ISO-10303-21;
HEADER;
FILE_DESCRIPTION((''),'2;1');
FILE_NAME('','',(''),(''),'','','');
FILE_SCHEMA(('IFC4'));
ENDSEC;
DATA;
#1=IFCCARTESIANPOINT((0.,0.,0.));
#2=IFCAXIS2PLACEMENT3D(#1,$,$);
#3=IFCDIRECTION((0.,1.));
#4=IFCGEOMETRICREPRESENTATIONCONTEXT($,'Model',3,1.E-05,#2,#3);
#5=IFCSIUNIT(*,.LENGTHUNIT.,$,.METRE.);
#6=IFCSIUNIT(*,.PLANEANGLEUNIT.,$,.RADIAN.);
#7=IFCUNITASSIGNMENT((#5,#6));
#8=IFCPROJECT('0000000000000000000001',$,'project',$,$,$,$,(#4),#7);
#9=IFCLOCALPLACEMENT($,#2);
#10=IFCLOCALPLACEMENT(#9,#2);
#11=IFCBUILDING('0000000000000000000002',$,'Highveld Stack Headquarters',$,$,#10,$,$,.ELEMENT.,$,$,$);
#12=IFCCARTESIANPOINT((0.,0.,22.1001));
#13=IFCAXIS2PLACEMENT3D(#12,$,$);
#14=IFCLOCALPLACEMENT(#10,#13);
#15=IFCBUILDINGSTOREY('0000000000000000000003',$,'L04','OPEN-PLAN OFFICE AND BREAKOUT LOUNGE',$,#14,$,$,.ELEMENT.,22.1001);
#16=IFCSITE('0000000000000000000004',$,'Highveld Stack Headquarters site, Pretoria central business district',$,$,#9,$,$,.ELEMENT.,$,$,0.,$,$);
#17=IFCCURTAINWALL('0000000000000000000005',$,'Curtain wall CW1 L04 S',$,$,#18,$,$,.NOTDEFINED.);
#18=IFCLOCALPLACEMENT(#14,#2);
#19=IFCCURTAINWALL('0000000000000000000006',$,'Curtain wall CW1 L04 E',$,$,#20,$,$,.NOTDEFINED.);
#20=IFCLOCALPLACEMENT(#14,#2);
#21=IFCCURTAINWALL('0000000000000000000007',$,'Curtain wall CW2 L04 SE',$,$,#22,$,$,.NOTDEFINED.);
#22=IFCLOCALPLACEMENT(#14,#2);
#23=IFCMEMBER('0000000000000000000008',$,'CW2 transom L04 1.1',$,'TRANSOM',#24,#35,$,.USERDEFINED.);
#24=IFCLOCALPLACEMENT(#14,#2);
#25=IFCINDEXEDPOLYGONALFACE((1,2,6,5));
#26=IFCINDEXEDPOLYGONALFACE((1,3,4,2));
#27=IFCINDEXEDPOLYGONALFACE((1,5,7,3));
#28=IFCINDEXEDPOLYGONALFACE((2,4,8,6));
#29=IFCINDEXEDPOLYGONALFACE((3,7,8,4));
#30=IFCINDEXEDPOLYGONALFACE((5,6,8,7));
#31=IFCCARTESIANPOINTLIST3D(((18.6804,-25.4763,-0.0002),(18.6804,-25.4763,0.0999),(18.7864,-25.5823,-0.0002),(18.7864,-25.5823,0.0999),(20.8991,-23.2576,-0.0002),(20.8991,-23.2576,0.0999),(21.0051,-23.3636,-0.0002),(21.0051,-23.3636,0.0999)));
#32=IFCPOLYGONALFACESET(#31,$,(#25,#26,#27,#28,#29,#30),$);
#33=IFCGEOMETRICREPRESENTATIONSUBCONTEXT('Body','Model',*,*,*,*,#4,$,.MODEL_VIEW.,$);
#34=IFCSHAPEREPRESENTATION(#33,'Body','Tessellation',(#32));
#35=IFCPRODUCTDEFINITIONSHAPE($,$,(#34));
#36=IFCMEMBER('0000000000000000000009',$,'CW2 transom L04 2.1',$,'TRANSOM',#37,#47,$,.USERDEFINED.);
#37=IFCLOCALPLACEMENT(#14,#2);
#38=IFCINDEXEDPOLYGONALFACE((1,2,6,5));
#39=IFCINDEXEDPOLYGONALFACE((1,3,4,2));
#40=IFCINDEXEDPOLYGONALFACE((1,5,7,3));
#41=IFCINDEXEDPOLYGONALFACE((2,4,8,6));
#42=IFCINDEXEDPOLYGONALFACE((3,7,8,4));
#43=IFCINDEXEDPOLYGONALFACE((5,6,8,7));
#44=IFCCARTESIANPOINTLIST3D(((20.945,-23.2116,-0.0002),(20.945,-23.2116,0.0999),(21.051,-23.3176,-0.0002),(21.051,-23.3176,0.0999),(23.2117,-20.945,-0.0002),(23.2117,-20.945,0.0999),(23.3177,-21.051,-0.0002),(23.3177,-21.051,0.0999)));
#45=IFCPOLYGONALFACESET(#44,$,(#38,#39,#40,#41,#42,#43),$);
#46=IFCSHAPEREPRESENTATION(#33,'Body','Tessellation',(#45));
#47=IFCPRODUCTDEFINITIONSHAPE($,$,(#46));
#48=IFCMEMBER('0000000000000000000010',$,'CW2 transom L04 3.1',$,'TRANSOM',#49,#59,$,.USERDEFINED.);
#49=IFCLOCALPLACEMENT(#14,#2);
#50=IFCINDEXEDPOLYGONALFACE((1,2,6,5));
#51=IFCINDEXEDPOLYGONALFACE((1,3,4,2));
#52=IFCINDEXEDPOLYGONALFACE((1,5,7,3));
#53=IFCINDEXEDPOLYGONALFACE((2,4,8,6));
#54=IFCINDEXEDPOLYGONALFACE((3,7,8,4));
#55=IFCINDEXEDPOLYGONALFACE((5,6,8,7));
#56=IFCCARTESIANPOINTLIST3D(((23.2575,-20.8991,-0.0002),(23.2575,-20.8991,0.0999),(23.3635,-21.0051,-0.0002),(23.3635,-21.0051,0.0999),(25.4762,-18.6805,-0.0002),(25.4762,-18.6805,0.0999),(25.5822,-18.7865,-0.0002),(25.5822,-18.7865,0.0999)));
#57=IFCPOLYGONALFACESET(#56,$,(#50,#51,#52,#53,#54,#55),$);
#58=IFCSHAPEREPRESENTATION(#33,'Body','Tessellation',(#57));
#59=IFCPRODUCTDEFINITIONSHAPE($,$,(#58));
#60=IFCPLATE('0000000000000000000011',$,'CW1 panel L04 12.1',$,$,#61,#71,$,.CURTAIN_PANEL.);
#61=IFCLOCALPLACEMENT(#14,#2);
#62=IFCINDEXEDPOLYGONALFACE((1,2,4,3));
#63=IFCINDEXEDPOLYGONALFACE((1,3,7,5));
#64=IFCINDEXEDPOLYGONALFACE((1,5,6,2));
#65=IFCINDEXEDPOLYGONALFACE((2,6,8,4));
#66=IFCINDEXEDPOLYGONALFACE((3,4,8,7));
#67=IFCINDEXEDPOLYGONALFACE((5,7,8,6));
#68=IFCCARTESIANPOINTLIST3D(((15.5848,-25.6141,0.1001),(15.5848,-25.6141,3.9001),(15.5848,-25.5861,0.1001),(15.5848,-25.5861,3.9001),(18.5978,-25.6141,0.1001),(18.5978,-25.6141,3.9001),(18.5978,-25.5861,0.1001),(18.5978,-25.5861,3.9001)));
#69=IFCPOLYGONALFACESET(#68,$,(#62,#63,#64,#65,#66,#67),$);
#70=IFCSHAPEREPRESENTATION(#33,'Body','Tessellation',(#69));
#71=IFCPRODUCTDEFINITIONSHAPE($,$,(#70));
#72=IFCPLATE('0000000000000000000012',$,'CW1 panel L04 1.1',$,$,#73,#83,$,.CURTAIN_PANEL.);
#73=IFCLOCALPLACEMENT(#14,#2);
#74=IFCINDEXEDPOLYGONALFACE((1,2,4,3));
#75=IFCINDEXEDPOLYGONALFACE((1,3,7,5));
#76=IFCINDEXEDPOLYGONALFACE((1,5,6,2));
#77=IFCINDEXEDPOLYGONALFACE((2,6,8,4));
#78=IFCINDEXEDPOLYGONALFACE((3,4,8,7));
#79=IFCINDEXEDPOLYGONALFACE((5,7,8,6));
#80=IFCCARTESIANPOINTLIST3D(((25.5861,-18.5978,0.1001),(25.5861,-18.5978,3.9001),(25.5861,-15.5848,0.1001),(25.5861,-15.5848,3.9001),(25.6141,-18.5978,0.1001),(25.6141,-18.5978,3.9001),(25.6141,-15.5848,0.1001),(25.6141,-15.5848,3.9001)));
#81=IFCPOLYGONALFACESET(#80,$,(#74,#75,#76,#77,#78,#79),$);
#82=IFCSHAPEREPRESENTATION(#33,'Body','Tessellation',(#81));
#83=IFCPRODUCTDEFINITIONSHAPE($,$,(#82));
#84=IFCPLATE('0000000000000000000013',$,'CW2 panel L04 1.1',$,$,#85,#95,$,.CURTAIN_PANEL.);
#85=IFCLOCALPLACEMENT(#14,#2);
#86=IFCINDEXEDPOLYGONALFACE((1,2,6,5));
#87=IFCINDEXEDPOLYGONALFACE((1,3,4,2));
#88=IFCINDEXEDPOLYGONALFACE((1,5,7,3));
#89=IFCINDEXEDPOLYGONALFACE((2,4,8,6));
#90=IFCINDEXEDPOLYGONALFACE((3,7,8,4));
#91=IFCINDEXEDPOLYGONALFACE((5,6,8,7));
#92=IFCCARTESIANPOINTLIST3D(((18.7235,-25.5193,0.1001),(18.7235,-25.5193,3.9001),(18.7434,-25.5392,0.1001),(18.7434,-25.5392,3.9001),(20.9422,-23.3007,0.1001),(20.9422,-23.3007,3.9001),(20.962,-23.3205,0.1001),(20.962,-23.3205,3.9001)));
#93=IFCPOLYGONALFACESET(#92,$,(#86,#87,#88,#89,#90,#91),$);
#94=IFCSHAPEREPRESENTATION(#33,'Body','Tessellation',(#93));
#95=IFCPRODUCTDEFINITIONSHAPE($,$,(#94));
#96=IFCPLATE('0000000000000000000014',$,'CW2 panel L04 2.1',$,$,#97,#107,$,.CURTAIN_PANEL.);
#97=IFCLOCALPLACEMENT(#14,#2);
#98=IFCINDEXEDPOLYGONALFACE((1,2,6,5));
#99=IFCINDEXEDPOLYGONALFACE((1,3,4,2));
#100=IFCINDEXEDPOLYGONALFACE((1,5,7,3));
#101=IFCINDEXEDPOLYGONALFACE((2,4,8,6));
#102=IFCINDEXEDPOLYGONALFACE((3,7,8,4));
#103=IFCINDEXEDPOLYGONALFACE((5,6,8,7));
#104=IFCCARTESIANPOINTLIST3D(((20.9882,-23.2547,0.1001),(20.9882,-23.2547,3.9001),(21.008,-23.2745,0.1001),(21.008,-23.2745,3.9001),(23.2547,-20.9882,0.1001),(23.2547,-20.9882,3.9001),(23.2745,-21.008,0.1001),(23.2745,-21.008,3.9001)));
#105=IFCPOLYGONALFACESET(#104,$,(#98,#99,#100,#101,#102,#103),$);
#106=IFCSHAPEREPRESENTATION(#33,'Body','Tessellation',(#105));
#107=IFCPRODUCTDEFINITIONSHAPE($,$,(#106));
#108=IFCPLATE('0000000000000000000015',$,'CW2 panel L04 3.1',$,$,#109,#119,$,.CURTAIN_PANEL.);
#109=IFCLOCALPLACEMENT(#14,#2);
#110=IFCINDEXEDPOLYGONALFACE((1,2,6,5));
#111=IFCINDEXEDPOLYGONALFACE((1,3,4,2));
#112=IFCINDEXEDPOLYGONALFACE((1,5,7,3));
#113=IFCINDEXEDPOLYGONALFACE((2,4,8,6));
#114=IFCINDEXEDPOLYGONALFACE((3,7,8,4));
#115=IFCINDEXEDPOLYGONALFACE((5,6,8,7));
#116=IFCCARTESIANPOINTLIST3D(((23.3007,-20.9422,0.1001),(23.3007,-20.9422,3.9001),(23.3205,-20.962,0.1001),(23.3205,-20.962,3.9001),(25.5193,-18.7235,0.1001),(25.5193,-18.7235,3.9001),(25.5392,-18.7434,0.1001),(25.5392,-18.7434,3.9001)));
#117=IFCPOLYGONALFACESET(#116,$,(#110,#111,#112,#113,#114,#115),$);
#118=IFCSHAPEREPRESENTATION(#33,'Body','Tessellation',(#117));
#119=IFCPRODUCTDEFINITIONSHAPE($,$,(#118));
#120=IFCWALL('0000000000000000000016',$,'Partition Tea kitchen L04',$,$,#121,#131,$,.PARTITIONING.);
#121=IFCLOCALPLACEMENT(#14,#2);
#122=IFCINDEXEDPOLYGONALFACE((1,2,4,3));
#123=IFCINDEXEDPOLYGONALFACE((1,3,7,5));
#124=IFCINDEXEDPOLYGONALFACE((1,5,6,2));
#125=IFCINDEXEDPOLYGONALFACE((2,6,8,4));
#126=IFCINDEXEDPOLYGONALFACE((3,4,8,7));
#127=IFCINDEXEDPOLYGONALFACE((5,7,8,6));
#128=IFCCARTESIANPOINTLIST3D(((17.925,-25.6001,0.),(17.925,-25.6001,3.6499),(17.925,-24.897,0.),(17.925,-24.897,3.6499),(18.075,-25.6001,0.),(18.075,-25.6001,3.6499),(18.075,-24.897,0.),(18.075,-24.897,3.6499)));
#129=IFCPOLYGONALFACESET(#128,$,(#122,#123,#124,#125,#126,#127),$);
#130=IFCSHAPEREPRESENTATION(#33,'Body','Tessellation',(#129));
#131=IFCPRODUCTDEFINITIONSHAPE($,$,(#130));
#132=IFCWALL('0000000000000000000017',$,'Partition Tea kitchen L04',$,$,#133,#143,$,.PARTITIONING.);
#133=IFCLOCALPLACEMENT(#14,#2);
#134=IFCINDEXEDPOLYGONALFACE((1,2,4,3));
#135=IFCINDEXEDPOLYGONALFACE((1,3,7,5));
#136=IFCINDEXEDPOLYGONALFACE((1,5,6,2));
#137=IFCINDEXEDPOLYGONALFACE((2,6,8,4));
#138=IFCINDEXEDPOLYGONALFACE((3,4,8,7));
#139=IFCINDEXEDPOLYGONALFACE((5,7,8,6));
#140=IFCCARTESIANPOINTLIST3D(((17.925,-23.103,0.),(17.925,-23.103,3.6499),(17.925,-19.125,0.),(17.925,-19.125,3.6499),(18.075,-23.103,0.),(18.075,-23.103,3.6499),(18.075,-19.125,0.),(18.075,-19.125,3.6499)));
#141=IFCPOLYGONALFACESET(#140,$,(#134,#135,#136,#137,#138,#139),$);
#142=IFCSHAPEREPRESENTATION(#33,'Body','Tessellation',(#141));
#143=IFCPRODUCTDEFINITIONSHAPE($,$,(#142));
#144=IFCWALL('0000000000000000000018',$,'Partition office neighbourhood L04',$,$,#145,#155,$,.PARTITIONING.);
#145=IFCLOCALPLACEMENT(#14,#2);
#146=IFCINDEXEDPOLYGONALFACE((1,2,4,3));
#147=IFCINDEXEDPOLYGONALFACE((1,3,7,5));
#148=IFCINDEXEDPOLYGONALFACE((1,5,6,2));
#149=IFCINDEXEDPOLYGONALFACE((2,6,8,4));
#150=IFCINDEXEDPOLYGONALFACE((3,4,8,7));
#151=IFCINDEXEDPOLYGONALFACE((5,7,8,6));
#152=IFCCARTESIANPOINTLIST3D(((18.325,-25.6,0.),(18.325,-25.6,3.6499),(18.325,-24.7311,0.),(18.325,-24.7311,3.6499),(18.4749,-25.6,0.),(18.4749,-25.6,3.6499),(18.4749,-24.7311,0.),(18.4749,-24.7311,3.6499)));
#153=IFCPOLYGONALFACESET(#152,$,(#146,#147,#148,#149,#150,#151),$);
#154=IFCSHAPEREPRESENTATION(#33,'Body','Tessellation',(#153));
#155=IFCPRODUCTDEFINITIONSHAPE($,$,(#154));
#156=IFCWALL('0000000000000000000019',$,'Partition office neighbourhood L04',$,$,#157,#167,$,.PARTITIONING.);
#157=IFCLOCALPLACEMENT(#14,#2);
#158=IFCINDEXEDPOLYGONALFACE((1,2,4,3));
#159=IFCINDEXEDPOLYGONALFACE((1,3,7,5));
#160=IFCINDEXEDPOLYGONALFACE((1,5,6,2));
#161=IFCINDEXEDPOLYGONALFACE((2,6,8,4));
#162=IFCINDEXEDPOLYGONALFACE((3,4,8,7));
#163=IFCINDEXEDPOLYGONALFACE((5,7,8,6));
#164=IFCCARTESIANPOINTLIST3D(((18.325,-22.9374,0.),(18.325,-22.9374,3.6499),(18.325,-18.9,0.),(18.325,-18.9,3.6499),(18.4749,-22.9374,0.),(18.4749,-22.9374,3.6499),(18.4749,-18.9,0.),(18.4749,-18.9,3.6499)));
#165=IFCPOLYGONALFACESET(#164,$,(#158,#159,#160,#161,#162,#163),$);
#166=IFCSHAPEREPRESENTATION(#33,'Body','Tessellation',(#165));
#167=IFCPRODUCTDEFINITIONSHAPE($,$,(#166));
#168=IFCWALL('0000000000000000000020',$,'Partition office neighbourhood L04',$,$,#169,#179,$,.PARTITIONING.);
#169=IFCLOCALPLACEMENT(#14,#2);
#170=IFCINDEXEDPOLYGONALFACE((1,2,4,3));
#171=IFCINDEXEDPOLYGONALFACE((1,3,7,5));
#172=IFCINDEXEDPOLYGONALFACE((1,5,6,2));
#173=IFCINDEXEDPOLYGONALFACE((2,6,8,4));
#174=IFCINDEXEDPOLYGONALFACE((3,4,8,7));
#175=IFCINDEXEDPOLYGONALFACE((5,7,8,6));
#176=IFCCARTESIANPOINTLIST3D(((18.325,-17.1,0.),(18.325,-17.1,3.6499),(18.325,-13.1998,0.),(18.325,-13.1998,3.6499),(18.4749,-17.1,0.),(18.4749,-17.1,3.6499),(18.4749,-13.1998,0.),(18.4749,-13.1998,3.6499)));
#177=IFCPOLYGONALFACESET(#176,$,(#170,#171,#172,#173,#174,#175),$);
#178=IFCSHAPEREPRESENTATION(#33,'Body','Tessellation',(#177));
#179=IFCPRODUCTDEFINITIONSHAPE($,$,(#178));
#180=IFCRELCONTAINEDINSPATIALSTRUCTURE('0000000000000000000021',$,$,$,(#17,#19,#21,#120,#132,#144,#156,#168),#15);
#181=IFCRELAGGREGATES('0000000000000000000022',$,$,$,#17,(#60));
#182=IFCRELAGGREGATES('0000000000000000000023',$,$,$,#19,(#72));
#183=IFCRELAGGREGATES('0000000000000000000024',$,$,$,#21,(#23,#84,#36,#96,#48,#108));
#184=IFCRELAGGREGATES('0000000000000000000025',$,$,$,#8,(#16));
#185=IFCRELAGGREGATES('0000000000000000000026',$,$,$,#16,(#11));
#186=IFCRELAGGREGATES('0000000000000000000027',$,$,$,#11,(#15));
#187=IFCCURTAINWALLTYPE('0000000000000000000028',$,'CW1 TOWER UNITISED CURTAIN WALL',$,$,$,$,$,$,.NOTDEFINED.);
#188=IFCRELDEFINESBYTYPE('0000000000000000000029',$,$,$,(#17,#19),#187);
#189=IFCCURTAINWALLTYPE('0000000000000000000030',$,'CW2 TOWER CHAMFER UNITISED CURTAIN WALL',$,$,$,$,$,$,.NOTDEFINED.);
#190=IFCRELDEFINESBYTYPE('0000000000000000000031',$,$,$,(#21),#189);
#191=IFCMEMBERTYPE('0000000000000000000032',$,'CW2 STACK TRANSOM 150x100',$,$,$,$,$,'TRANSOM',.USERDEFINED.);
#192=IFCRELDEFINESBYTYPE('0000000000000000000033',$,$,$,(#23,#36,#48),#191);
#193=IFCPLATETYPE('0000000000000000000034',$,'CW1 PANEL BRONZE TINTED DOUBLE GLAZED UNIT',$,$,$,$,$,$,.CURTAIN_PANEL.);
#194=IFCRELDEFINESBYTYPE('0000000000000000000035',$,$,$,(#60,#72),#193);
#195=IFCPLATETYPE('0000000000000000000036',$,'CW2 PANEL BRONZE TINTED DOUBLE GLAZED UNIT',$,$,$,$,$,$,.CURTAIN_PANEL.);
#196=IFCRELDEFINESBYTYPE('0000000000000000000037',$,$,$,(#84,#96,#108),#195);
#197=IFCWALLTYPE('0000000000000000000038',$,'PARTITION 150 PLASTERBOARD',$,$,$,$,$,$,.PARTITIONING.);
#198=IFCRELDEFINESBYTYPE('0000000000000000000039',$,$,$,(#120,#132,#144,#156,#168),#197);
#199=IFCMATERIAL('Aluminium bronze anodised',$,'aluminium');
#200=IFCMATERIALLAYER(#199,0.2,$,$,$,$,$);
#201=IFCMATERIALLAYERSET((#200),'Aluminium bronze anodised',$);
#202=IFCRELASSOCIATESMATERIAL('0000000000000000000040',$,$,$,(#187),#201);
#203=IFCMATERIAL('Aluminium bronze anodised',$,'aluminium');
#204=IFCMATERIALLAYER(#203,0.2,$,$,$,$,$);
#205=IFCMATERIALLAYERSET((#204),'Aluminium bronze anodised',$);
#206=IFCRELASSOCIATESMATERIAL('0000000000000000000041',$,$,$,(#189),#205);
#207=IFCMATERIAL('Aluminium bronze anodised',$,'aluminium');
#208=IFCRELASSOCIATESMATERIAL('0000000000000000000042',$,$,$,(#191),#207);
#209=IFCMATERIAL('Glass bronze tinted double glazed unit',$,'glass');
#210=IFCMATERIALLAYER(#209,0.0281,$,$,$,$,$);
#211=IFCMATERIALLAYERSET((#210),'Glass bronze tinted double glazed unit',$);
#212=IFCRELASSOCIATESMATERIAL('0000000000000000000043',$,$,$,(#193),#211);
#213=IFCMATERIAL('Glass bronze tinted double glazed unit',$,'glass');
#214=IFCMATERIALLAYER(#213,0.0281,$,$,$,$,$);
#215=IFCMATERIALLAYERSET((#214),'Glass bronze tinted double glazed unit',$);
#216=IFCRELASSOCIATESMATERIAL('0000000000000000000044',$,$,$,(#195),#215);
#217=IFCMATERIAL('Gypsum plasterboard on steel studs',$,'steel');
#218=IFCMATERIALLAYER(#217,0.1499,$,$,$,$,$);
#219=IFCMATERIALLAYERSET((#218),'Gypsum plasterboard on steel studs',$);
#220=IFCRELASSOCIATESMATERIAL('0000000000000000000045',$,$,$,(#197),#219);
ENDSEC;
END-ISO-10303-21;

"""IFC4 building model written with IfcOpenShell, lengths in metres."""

from ifc_helpers import new_model, si_unit, direction, frame, frame_2d, origin, origin_2d, place, context, subcontext, project, spatial, rectangle, extrude, material, layer, layer_set, material_profile, profile_set, type_object, element, aggregate, save


model = new_model("IFC4")

# Units and contexts
model_context = context("Model", 3, precision=1e-05, world=origin(), true_north=direction((0.0, 1.0)))
body_context = subcontext(model_context, "Body", "Model", "MODEL_VIEW")
ifc_project = project(units=[si_unit("LENGTHUNIT", "METRE"), si_unit("PLANEANGLEUNIT", "RADIAN")], contexts=[model_context])

# Site, building, storey
site_placement = place(None, origin())
site = spatial("IfcSite", under=ifc_project, at=site_placement, Name="Highveld Stack Headquarters site, Pretoria central business district", CompositionType="ELEMENT", RefElevation=0.0)
building_placement = place(site_placement, origin())
building = spatial("IfcBuilding", under=site, at=building_placement, Name="Highveld Stack Headquarters", CompositionType="ELEMENT")
storey_placement = place(building_placement, frame((0.0, 0.0, 22.1001)))
storey = spatial("IfcBuildingStorey", under=building, at=storey_placement, Name="L04", Description="OPEN-PLAN OFFICE AND BREAKOUT LOUNGE", CompositionType="ELEMENT", Elevation=22.1001)

# Curtain walls
ifc_material_1 = material(Name="Aluminium bronze anodised", Category="aluminium")
ifc_layer_1 = layer(ifc_material_1, 0.2)
ifc_layer_set_1 = layer_set([ifc_layer_1], Name="Aluminium bronze anodised")
curtain_wall_type_1 = type_object("IfcCurtainWallType", Name="CW1 TOWER UNITISED CURTAIN WALL", PredefinedType="NOTDEFINED", material=ifc_layer_set_1)
curtain_wall_1_placement = place(storey_placement, origin())
curtain_wall_1 = element("IfcCurtainWall", 1, at=curtain_wall_1_placement, inside=storey, type_object=curtain_wall_type_1, Name="Curtain wall CW1 L04 S", PredefinedType="NOTDEFINED")
curtain_wall_2_placement = place(storey_placement, origin())
curtain_wall_2 = element("IfcCurtainWall", 2, at=curtain_wall_2_placement, inside=storey, type_object=curtain_wall_type_1, Name="Curtain wall CW1 L04 E", PredefinedType="NOTDEFINED")

# Curtain wall, members
ifc_material_2 = material(Name="Aluminium bronze anodised", Category="aluminium")
ifc_layer_2 = layer(ifc_material_2, 0.2)
ifc_layer_set_2 = layer_set([ifc_layer_2], Name="Aluminium bronze anodised")
curtain_wall_type_2 = type_object("IfcCurtainWallType", Name="CW2 TOWER CHAMFER UNITISED CURTAIN WALL", PredefinedType="NOTDEFINED", material=ifc_layer_set_2)
curtain_wall_3_placement = place(storey_placement, origin())
curtain_wall_3 = element("IfcCurtainWall", 3, at=curtain_wall_3_placement, inside=storey, type_object=curtain_wall_type_2, Name="Curtain wall CW2 L04 SE", PredefinedType="NOTDEFINED")
ifc_material_3 = material(Name="Aluminium bronze anodised", Category="aluminium")
ifc_material_profile_1 = material_profile(ifc_material_3, rectangle(XDim=0.1499, YDim=0.1001, at=origin_2d()), Name="CW2 TRANSOM 150x100")
ifc_profile_set_1 = profile_set([ifc_material_profile_1], Name="Aluminium bronze anodised")
member_type_1 = type_object("IfcMemberType", Name="CW2 STACK TRANSOM 150x100", ElementType="TRANSOM", PredefinedType="USERDEFINED", material=ifc_profile_set_1)
member_1_placement = place(storey_placement, frame((18.7334, -25.5293, 0.0498), z_axis=(0.707107, 0.707107, 0.0), x_axis=(-0.707107, 0.707107, 0.0)))
member_1 = element("IfcMember", 4, at=member_1_placement, type_object=member_type_1, Name="CW2 transom L04 1.1", ObjectType="TRANSOM", PredefinedType="USERDEFINED", context=body_context, shape_type="SweptSolid", body=[
    extrude(rectangle(XDim=0.1499, YDim=0.1001, at=origin_2d()), origin(), (0.0, 0.0, 1.0), 3.1377),
])
member_2_placement = place(storey_placement, frame((20.998, -23.2646, 0.0498), z_axis=(0.707107, 0.707107, 0.0), x_axis=(-0.707107, 0.707107, 0.0)))
member_2 = element("IfcMember", 5, at=member_2_placement, type_object=member_type_1, Name="CW2 transom L04 2.1", ObjectType="TRANSOM", PredefinedType="USERDEFINED", context=body_context, shape_type="SweptSolid", body=[
    extrude(rectangle(XDim=0.1499, YDim=0.1001, at=origin_2d()), origin(), (0.0, 0.0, 1.0), 3.2056),
])
member_3_placement = place(storey_placement, frame((23.3105, -20.9521, 0.0498), z_axis=(0.707107, 0.707107, 0.0), x_axis=(-0.707107, 0.707107, 0.0)))
member_3 = element("IfcMember", 6, at=member_3_placement, type_object=member_type_1, Name="CW2 transom L04 3.1", ObjectType="TRANSOM", PredefinedType="USERDEFINED", context=body_context, shape_type="SweptSolid", body=[
    extrude(rectangle(XDim=0.1499, YDim=0.1001, at=origin_2d()), origin(), (0.0, 0.0, 1.0), 3.1377),
])

# Plates
ifc_material_4 = material(Name="Glass bronze tinted double glazed unit", Category="glass")
ifc_layer_3 = layer(ifc_material_4, 0.0281)
ifc_layer_set_3 = layer_set([ifc_layer_3], Name="Glass bronze tinted double glazed unit")
plate_type_1 = type_object("IfcPlateType", Name="CW1 PANEL BRONZE TINTED DOUBLE GLAZED UNIT", PredefinedType="CURTAIN_PANEL", material=ifc_layer_set_3)
plate_1_placement = place(storey_placement, frame((17.0913, -25.6001, 0.1001), z_axis=(0.0, 0.0, 1.0), x_axis=(1.0, 0.0, 0.0)))
plate_1 = element("IfcPlate", 7, at=plate_1_placement, type_object=plate_type_1, Name="CW1 panel L04 12.1", PredefinedType="CURTAIN_PANEL", context=body_context, shape_type="SweptSolid", body=[
    extrude(rectangle(XDim=3.0129, YDim=0.0281, at=origin_2d()), origin(), (0.0, 0.0, 1.0), 3.8),
])
aggregate(curtain_wall_1, [plate_1])
plate_2_placement = place(storey_placement, frame((25.6001, -17.0913, 0.1001), z_axis=(0.0, 0.0, 1.0), x_axis=(0.0, 1.0, 0.0)))
plate_2 = element("IfcPlate", 8, at=plate_2_placement, type_object=plate_type_1, Name="CW1 panel L04 1.1", PredefinedType="CURTAIN_PANEL", context=body_context, shape_type="SweptSolid", body=[
    extrude(rectangle(XDim=3.0129, YDim=0.0281, at=origin_2d()), origin(), (0.0, 0.0, 1.0), 3.8),
])
aggregate(curtain_wall_2, [plate_2])
ifc_material_5 = material(Name="Glass bronze tinted double glazed unit", Category="glass")
ifc_layer_4 = layer(ifc_material_5, 0.0281)
ifc_layer_set_4 = layer_set([ifc_layer_4], Name="Glass bronze tinted double glazed unit")
plate_type_2 = type_object("IfcPlateType", Name="CW2 PANEL BRONZE TINTED DOUBLE GLAZED UNIT", PredefinedType="CURTAIN_PANEL", material=ifc_layer_set_4)
plate_3_placement = place(storey_placement, frame((19.8428, -24.4199, 0.1001), z_axis=(0.0, 0.0, 1.0), x_axis=(0.707107, 0.707107, 0.0)))
plate_3 = element("IfcPlate", 9, at=plate_3_placement, type_object=plate_type_2, Name="CW2 panel L04 1.1", PredefinedType="CURTAIN_PANEL", context=body_context, shape_type="SweptSolid", body=[
    extrude(rectangle(XDim=3.1377, YDim=0.0281, at=origin_2d()), origin(), (0.0, 0.0, 1.0), 3.8),
])
plate_4_placement = place(storey_placement, frame((22.1313, -22.1313, 0.1001), z_axis=(0.0, 0.0, 1.0), x_axis=(0.707107, 0.707107, 0.0)))
plate_4 = element("IfcPlate", 10, at=plate_4_placement, type_object=plate_type_2, Name="CW2 panel L04 2.1", PredefinedType="CURTAIN_PANEL", context=body_context, shape_type="SweptSolid", body=[
    extrude(rectangle(XDim=3.2053, YDim=0.0281, at=origin_2d()), origin(), (0.0, 0.0, 1.0), 3.8),
])
plate_5_placement = place(storey_placement, frame((24.4199, -19.8428, 0.1001), z_axis=(0.0, 0.0, 1.0), x_axis=(0.707107, 0.707107, 0.0)))
plate_5 = element("IfcPlate", 11, at=plate_5_placement, type_object=plate_type_2, Name="CW2 panel L04 3.1", PredefinedType="CURTAIN_PANEL", context=body_context, shape_type="SweptSolid", body=[
    extrude(rectangle(XDim=3.1377, YDim=0.0281, at=origin_2d()), origin(), (0.0, 0.0, 1.0), 3.8),
])
aggregate(curtain_wall_3, [member_1, plate_3, member_2, plate_4, member_3, plate_5])

# Walls
ifc_material_6 = material(Name="Gypsum plasterboard on steel studs", Category="steel")
ifc_layer_5 = layer(ifc_material_6, 0.1499)
ifc_layer_set_5 = layer_set([ifc_layer_5], Name="Gypsum plasterboard on steel studs")
wall_type = type_object("IfcWallType", Name="PARTITION 150 PLASTERBOARD", PredefinedType="PARTITIONING", material=ifc_layer_set_5)
wall_1_placement = place(storey_placement, frame((18.0, -25.6001, 0.0), z_axis=(0.0, 0.0, 1.0), x_axis=(0.0, 1.0, 0.0)))
element("IfcWall", 12, at=wall_1_placement, inside=storey, type_object=wall_type, Name="Partition Tea kitchen L04", PredefinedType="PARTITIONING", context=body_context, shape_type="SweptSolid", body=[
    extrude(rectangle(XDim=0.7031, YDim=0.1499, at=frame_2d((0.3516, 0.0))), origin(), (0.0, 0.0, 1.0), 3.6499),
])
wall_2_placement = place(storey_placement, frame((18.0, -23.103, 0.0), z_axis=(0.0, 0.0, 1.0), x_axis=(0.0, 1.0, 0.0)))
element("IfcWall", 13, at=wall_2_placement, inside=storey, type_object=wall_type, Name="Partition Tea kitchen L04", PredefinedType="PARTITIONING", context=body_context, shape_type="SweptSolid", body=[
    extrude(rectangle(XDim=3.978, YDim=0.1499, at=frame_2d((1.989, 0.0))), origin(), (0.0, 0.0, 1.0), 3.6499),
])
wall_3_placement = place(storey_placement, frame((18.3999, -25.6001, 0.0), z_axis=(0.0, 0.0, 1.0), x_axis=(0.0, 1.0, 0.0)))
element("IfcWall", 14, at=wall_3_placement, inside=storey, type_object=wall_type, Name="Partition office neighbourhood L04", PredefinedType="PARTITIONING", context=body_context, shape_type="SweptSolid", body=[
    extrude(rectangle(XDim=0.8689, YDim=0.1499, at=frame_2d((0.4346, 0.0))), origin(), (0.0, 0.0, 1.0), 3.6499),
])
wall_4_placement = place(storey_placement, frame((18.3999, -22.9373, 0.0), z_axis=(0.0, 0.0, 1.0), x_axis=(0.0, 1.0, 0.0)))
element("IfcWall", 15, at=wall_4_placement, inside=storey, type_object=wall_type, Name="Partition office neighbourhood L04", PredefinedType="PARTITIONING", context=body_context, shape_type="SweptSolid", body=[
    extrude(rectangle(XDim=4.0374, YDim=0.1499, at=frame_2d((2.0186, 0.0))), origin(), (0.0, 0.0, 1.0), 3.6499),
])
wall_5_placement = place(storey_placement, frame((18.3999, -17.1001, 0.0), z_axis=(0.0, 0.0, 1.0), x_axis=(0.0, 1.0, 0.0)))
element("IfcWall", 16, at=wall_5_placement, inside=storey, type_object=wall_type, Name="Partition office neighbourhood L04", PredefinedType="PARTITIONING", context=body_context, shape_type="SweptSolid", body=[
    extrude(rectangle(XDim=3.9001, YDim=0.1499, at=frame_2d((1.9502, 0.0))), origin(), (0.0, 0.0, 1.0), 3.6499),
])

save(model, "model.ifc")
